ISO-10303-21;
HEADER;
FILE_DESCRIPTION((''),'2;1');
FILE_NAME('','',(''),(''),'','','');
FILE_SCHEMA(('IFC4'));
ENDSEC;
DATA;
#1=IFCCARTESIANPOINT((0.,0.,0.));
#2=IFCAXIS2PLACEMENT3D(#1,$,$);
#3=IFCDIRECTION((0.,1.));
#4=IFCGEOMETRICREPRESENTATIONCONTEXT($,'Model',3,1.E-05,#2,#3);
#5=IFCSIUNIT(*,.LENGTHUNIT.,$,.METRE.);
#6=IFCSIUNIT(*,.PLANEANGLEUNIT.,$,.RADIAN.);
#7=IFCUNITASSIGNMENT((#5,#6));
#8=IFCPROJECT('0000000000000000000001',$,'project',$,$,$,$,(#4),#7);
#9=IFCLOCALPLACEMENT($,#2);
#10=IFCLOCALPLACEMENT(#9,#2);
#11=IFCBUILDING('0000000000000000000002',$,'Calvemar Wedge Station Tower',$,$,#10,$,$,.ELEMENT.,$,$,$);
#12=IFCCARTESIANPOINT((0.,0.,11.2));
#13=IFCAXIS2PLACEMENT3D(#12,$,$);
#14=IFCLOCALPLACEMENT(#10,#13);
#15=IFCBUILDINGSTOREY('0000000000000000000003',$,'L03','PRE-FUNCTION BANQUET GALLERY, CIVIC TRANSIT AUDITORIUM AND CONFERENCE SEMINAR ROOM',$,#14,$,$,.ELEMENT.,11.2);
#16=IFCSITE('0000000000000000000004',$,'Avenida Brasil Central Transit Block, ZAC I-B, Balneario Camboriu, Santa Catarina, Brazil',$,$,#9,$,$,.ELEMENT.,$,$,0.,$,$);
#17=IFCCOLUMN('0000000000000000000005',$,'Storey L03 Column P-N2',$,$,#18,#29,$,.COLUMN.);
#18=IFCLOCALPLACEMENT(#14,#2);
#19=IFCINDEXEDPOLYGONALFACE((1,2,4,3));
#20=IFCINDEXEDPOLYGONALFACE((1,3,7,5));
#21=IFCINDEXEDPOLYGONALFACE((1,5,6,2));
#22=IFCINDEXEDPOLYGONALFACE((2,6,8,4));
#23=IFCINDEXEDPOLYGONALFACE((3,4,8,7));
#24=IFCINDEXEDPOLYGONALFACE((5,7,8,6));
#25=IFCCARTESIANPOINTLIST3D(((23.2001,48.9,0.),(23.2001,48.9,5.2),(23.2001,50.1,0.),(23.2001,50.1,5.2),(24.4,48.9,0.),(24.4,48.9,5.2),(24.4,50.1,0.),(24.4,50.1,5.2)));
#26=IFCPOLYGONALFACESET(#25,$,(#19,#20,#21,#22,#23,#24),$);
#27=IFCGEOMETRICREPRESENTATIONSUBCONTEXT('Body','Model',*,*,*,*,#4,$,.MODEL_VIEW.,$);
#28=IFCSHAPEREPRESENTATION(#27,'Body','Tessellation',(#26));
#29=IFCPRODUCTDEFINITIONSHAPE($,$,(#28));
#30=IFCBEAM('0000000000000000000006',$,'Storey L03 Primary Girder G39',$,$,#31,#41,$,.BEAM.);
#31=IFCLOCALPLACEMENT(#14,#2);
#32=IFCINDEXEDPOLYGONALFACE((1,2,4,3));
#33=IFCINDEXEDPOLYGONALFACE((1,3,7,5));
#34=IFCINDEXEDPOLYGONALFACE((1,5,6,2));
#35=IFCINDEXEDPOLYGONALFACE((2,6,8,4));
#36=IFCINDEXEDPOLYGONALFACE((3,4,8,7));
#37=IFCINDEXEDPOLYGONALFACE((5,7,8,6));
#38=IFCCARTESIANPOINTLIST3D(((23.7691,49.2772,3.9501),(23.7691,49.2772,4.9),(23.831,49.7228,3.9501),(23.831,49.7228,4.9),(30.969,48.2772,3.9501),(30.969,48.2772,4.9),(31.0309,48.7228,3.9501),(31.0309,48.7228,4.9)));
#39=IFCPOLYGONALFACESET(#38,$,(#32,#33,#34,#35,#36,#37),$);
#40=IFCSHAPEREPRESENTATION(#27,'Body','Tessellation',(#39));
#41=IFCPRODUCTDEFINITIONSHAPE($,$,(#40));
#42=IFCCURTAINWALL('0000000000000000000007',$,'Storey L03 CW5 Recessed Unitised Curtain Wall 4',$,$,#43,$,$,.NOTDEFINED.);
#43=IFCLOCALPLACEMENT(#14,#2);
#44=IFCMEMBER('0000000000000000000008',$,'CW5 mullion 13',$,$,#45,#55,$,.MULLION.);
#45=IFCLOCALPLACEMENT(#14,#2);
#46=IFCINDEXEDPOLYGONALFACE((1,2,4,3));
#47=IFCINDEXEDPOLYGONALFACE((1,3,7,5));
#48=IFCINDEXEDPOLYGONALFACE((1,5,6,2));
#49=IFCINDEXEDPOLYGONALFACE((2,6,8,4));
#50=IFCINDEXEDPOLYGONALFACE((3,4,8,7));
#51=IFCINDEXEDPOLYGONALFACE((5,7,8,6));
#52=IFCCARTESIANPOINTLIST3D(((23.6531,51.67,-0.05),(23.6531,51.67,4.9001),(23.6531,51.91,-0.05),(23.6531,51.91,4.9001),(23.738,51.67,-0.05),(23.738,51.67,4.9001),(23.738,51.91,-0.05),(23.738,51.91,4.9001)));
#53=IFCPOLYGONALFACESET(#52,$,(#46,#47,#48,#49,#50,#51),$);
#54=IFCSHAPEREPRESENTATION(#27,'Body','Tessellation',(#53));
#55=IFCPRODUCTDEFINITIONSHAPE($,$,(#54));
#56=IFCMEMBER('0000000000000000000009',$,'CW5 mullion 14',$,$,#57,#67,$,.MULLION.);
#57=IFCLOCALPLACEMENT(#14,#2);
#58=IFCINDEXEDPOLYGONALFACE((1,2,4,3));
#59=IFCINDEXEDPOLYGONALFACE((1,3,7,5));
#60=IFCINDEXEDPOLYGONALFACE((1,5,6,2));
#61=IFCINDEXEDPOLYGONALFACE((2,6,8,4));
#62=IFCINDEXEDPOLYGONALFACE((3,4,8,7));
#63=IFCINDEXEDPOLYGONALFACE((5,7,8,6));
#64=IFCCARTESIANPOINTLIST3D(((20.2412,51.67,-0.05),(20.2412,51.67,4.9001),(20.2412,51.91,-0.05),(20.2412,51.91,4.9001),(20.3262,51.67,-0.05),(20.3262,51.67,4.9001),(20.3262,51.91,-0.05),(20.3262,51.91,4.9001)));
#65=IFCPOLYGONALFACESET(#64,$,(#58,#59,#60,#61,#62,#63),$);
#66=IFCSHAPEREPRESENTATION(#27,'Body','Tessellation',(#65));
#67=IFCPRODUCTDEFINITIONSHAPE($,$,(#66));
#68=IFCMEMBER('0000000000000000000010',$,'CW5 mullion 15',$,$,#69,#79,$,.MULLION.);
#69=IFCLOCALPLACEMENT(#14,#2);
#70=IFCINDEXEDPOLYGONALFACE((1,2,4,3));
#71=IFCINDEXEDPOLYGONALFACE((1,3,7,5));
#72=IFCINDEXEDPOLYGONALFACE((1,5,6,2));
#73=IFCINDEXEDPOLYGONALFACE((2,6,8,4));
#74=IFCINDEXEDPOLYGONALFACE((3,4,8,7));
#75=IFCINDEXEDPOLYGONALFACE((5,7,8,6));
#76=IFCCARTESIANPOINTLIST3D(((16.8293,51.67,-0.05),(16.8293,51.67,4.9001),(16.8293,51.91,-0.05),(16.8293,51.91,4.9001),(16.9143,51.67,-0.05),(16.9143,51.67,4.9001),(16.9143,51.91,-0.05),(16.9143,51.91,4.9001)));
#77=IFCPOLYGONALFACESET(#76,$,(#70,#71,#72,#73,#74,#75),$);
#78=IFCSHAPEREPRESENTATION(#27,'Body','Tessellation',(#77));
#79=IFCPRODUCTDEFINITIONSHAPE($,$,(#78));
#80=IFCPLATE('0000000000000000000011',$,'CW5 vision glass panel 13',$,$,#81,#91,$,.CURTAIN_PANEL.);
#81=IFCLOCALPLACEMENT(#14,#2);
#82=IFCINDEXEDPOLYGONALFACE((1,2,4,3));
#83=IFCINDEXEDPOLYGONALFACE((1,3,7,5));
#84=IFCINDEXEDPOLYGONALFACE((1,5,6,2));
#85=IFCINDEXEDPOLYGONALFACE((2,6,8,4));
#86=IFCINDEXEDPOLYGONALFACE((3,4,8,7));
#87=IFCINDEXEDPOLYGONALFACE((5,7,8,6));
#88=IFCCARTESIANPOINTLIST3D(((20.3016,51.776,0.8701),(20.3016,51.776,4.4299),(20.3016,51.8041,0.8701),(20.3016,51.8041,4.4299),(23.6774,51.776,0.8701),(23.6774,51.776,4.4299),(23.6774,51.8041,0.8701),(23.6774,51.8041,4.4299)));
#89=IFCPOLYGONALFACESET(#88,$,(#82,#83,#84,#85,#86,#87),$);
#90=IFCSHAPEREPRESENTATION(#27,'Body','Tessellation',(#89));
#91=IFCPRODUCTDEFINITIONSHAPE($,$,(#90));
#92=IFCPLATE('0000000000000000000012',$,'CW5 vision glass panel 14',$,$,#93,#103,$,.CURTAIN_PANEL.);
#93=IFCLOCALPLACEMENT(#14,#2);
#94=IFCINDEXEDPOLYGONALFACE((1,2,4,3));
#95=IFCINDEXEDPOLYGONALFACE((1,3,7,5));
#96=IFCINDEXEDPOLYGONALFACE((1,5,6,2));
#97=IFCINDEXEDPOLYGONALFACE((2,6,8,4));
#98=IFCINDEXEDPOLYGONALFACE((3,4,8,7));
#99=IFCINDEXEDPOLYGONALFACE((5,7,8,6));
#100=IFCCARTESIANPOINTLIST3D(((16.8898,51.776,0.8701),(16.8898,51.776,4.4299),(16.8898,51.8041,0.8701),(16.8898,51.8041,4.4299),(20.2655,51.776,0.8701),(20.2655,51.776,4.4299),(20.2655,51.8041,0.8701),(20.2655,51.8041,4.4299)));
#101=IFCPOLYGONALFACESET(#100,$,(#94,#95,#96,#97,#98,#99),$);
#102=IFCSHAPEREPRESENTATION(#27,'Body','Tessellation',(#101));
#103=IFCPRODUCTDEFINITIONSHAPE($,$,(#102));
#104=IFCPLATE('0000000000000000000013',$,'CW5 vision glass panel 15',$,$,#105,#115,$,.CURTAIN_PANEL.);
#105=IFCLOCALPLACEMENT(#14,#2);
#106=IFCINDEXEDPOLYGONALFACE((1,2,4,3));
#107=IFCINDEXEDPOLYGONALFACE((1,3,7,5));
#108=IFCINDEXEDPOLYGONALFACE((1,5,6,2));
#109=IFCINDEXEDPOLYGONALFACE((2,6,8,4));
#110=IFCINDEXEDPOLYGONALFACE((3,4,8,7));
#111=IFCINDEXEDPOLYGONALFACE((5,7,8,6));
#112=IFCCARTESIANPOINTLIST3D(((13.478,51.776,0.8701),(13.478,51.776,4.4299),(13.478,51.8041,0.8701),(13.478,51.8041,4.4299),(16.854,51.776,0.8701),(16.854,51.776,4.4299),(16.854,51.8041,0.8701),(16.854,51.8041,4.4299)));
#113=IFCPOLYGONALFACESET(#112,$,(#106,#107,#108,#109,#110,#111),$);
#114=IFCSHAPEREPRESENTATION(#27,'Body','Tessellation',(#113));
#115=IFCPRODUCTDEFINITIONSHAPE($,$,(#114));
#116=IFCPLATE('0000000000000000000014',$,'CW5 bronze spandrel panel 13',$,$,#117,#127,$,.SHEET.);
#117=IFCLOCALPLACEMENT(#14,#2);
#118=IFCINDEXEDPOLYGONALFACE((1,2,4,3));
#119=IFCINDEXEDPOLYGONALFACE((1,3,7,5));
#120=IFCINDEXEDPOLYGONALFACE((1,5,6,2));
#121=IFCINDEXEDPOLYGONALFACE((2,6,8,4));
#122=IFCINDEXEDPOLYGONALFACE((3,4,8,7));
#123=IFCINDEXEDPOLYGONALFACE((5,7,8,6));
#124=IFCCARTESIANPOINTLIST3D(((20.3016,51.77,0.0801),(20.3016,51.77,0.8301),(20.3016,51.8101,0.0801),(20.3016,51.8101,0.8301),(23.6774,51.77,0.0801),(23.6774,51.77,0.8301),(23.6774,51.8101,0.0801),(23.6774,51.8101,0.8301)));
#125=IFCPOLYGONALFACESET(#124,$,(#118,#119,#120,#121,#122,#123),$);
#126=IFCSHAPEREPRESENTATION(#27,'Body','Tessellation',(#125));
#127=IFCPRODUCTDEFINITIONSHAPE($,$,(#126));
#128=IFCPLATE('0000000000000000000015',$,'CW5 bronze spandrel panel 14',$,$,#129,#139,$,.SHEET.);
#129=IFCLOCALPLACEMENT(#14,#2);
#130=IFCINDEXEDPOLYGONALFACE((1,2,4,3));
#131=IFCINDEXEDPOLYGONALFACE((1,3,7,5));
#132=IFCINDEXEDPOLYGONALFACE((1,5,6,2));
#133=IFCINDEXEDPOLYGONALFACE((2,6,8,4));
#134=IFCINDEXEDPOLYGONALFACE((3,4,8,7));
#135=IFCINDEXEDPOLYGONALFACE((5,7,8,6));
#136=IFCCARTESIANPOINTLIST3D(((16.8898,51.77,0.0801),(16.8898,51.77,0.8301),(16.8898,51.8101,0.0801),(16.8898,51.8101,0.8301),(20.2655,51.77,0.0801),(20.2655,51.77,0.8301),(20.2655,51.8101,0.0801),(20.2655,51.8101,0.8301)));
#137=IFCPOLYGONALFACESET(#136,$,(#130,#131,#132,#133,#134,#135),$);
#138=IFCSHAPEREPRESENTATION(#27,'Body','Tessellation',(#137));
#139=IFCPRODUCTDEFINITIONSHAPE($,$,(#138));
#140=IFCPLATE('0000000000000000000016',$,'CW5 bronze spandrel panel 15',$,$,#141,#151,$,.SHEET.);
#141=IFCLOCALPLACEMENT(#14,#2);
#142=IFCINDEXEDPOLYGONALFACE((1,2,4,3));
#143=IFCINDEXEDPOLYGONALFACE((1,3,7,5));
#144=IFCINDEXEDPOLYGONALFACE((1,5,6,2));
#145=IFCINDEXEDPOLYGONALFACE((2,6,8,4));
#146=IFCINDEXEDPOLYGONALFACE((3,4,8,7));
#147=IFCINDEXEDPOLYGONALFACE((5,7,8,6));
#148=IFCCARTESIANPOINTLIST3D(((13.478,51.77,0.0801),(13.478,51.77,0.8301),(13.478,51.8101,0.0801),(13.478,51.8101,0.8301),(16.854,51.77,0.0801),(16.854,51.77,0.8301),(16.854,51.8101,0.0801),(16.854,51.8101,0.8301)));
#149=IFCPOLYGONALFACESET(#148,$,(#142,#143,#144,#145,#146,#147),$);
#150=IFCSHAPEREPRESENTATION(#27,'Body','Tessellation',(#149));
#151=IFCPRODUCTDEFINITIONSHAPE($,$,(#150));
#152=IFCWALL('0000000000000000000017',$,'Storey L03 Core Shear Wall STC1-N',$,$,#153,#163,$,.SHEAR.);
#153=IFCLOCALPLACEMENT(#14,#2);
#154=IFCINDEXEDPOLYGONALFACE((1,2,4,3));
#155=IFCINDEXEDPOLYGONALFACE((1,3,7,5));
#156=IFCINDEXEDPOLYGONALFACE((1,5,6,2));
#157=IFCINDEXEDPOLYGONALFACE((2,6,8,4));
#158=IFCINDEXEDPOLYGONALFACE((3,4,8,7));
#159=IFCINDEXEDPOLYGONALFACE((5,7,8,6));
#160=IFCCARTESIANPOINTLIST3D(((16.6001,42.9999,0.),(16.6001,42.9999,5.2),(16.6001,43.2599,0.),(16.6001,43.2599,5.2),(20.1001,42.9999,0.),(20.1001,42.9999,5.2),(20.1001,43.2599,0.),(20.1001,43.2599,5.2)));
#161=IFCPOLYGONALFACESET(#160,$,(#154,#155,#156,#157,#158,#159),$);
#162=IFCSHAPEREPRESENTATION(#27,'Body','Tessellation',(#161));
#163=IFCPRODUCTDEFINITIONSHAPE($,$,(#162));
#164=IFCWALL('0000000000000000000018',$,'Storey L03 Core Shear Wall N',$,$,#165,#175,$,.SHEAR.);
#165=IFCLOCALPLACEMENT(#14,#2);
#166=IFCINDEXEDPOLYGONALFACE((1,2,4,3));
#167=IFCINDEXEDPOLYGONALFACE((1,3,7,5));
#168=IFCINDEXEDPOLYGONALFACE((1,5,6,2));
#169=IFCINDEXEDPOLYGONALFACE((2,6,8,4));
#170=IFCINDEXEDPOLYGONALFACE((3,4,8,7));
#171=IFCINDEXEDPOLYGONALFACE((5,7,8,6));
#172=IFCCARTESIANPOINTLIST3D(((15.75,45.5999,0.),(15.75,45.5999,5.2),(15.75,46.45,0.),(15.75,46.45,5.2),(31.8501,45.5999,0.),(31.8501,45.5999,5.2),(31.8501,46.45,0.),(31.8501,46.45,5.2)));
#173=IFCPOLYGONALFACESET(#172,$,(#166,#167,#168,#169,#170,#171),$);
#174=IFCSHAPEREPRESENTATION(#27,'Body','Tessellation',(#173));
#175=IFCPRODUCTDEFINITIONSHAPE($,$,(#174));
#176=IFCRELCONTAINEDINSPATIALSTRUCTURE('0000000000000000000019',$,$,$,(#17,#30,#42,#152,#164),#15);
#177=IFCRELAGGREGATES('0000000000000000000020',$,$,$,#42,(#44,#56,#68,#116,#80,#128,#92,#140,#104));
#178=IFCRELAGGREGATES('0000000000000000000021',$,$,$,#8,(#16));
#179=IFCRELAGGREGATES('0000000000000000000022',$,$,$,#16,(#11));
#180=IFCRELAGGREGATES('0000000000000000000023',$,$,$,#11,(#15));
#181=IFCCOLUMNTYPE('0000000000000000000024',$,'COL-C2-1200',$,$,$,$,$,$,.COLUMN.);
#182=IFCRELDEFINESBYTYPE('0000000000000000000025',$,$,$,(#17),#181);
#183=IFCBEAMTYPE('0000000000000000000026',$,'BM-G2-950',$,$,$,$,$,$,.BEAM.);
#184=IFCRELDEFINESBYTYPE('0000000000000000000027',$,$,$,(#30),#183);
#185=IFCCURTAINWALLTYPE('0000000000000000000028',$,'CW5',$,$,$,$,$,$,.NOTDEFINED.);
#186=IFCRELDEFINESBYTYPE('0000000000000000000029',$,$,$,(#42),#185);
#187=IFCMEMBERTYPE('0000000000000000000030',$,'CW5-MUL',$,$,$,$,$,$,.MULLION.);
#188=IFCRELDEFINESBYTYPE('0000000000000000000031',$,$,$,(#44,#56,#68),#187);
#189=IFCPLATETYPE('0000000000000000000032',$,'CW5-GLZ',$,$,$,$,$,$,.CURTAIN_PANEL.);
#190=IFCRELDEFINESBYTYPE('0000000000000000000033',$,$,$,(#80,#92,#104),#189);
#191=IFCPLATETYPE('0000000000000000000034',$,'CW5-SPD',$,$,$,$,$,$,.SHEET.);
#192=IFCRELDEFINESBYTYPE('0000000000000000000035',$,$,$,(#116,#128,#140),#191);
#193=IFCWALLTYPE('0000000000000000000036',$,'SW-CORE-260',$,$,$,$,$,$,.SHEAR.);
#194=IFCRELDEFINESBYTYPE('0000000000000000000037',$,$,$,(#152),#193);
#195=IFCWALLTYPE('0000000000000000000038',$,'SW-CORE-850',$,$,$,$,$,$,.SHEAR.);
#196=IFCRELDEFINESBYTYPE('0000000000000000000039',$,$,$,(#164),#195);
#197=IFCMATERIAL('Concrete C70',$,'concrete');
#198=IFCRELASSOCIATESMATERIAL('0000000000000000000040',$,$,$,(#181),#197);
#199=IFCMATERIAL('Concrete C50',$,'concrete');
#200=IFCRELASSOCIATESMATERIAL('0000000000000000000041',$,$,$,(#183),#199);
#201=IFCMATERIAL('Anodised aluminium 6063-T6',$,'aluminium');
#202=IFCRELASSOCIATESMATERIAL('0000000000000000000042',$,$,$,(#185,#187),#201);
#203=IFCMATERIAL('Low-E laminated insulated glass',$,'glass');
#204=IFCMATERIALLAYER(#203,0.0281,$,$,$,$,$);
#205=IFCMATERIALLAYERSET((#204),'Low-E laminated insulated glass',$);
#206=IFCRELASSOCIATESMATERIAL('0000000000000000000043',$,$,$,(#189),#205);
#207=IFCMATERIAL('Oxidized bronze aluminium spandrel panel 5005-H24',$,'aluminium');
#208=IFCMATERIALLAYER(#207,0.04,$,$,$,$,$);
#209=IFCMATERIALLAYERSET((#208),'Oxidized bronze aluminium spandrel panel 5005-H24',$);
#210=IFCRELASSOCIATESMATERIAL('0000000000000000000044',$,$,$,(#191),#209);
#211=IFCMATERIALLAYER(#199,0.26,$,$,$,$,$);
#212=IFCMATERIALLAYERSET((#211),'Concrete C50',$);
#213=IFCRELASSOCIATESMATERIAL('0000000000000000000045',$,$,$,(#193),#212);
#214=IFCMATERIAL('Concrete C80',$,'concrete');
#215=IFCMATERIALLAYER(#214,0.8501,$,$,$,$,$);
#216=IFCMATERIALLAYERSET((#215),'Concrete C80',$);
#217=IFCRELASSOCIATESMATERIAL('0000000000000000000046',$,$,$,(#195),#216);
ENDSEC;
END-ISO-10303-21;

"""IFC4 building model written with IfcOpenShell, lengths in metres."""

from ifc_helpers import new_model, si_unit, direction, frame, frame_2d, origin, origin_2d, place, context, subcontext, project, spatial, rectangle, extrude, source, transform, mapped, material, layer, layer_set, material_profile, profile_set, type_object, element, aggregate, save


model = new_model("IFC4")

# Units and contexts
model_context = context("Model", 3, precision=1e-05, world=origin(), true_north=direction((0.0, 1.0)))
body_context = subcontext(model_context, "Body", "Model", "MODEL_VIEW")
ifc_project = project(units=[si_unit("LENGTHUNIT", "METRE"), si_unit("PLANEANGLEUNIT", "RADIAN")], contexts=[model_context])

# Site, building, storey
site_placement = place(None, origin())
site = spatial("IfcSite", under=ifc_project, at=site_placement, Name="Avenida Brasil Central Transit Block, ZAC I-B, Balneario Camboriu, Santa Catarina, Brazil", CompositionType="ELEMENT", RefElevation=0.0)
building_placement = place(site_placement, origin())
building = spatial("IfcBuilding", under=site, at=building_placement, Name="Calvemar Wedge Station Tower", CompositionType="ELEMENT")
storey_placement = place(building_placement, frame((0.0, 0.0, 11.2)))
storey = spatial("IfcBuildingStorey", under=building, at=storey_placement, Name="L03", Description="PRE-FUNCTION BANQUET GALLERY, CIVIC TRANSIT AUDITORIUM AND CONFERENCE SEMINAR ROOM", CompositionType="ELEMENT", Elevation=11.2)

# Column
ifc_material_1 = material(Name="Concrete C70", Category="concrete")
ifc_material_profile_1 = material_profile(ifc_material_1, rectangle(XDim=1.2, YDim=1.2, at=origin_2d()), Name="RC1200x1200")
ifc_profile_set_1 = profile_set([ifc_material_profile_1], Name="Concrete C70")
column_type = type_object("IfcColumnType", Name="COL-C2-1200", PredefinedType="COLUMN", material=ifc_profile_set_1)
shared_shape_1 = source(origin(), body_context, "Body", "SweptSolid", [
    extrude(rectangle(XDim=1.2, YDim=1.2, at=origin_2d()), origin(), (0.0, 0.0, 1.0), 5.2),
])
column_placement = place(storey_placement, frame((23.8, 49.5, 0.0), z_axis=(0.0, 0.0, 1.0), x_axis=(1.0, 0.0, 0.0)))
element("IfcColumn", 1, at=column_placement, inside=storey, type_object=column_type, Name="Storey L03 Column P-N2", PredefinedType="COLUMN", context=body_context, shape_type="MappedRepresentation", body=[
    mapped(shared_shape_1, transform((0.0, 0.0, 0.0), scale=1.0)),
])

# Beam
ifc_material_2 = material(Name="Concrete C50", Category="concrete")
ifc_material_profile_2 = material_profile(ifc_material_2, rectangle(XDim=0.45, YDim=0.95, at=origin_2d()), Name="RC450x950")
ifc_profile_set_2 = profile_set([ifc_material_profile_2], Name="Concrete C50")
beam_type = type_object("IfcBeamType", Name="BM-G2-950", PredefinedType="BEAM", material=ifc_profile_set_2)
shared_shape_2 = source(origin(), body_context, "Body", "SweptSolid", [
    extrude(rectangle(XDim=0.45, YDim=0.95, at=origin_2d()), origin(), (0.0, 0.0, 1.0), 7.269),
])
beam_placement = place(storey_placement, frame((23.8, 49.5, 4.425), z_axis=(0.990492, -0.137569, 0.0), x_axis=(0.137569, 0.990492, 0.0)))
element("IfcBeam", 2, at=beam_placement, inside=storey, type_object=beam_type, Name="Storey L03 Primary Girder G39", PredefinedType="BEAM", context=body_context, shape_type="MappedRepresentation", body=[
    mapped(shared_shape_2, transform((0.0, 0.0, 0.0), scale=1.0)),
])

# Curtain wall, members, plates
ifc_material_3 = material(Name="Anodised aluminium 6063-T6", Category="aluminium")
curtain_wall_type = type_object("IfcCurtainWallType", Name="CW5", PredefinedType="NOTDEFINED", material=ifc_material_3)
curtain_wall_placement = place(storey_placement, origin())
curtain_wall = element("IfcCurtainWall", 3, at=curtain_wall_placement, inside=storey, type_object=curtain_wall_type, Name="Storey L03 CW5 Recessed Unitised Curtain Wall 4", PredefinedType="NOTDEFINED")
ifc_material_profile_3 = material_profile(ifc_material_3, rectangle(XDim=0.085, YDim=0.24, at=origin_2d()), Name="AL-MUL-85x240")
ifc_profile_set_3 = profile_set([ifc_material_profile_3], Name="Anodised aluminium 6063-T6")
member_type = type_object("IfcMemberType", Name="CW5-MUL", PredefinedType="MULLION", material=ifc_profile_set_3)
shared_shape_3 = source(origin(), body_context, "Body", "SweptSolid", [
    extrude(rectangle(XDim=0.085, YDim=0.24, at=origin_2d()), origin(), (0.0, 0.0, 1.0), 4.9502),
])
member_1_placement = place(storey_placement, frame((23.6956, 51.79, -0.05), z_axis=(0.0, 0.0, 1.0), x_axis=(1.0, 0.0, 0.0)))
member_1 = element("IfcMember", 4, at=member_1_placement, type_object=member_type, Name="CW5 mullion 13", PredefinedType="MULLION", context=body_context, shape_type="MappedRepresentation", body=[
    mapped(shared_shape_3, transform((0.0, 0.0, 0.0), scale=1.0)),
])
member_2_placement = place(storey_placement, frame((20.2837, 51.79, -0.05), z_axis=(0.0, 0.0, 1.0), x_axis=(1.0, 0.0, 0.0)))
member_2 = element("IfcMember", 5, at=member_2_placement, type_object=member_type, Name="CW5 mullion 14", PredefinedType="MULLION", context=body_context, shape_type="MappedRepresentation", body=[
    mapped(shared_shape_3, transform((0.0, 0.0, 0.0), scale=1.0)),
])
member_3_placement = place(storey_placement, frame((16.8718, 51.79, -0.05), z_axis=(0.0, 0.0, 1.0), x_axis=(1.0, 0.0, 0.0)))
member_3 = element("IfcMember", 6, at=member_3_placement, type_object=member_type, Name="CW5 mullion 15", PredefinedType="MULLION", context=body_context, shape_type="MappedRepresentation", body=[
    mapped(shared_shape_3, transform((0.0, 0.0, 0.0), scale=1.0)),
])
ifc_material_4 = material(Name="Low-E laminated insulated glass", Category="glass")
ifc_layer_1 = layer(ifc_material_4, 0.0281)
ifc_layer_set_1 = layer_set([ifc_layer_1], Name="Low-E laminated insulated glass")
plate_type_1 = type_object("IfcPlateType", Name="CW5-GLZ", PredefinedType="CURTAIN_PANEL", material=ifc_layer_set_1)
plate_1_placement = place(storey_placement, frame((23.6775, 51.79, 0.8701), z_axis=(0.0, 0.0, 1.0), x_axis=(-1.0, 0.0, 0.0)))
plate_1 = element("IfcPlate", 7, at=plate_1_placement, type_object=plate_type_1, Name="CW5 vision glass panel 13", PredefinedType="CURTAIN_PANEL", context=body_context, shape_type="SweptSolid", body=[
    extrude(rectangle(XDim=3.3757, YDim=0.0281, at=frame_2d((1.688, 0.0))), origin(), (0.0, 0.0, 1.0), 3.5598),
])
plate_2_placement = place(storey_placement, frame((20.2656, 51.79, 0.8701), z_axis=(0.0, 0.0, 1.0), x_axis=(-1.0, 0.0, 0.0)))
plate_2 = element("IfcPlate", 8, at=plate_2_placement, type_object=plate_type_1, Name="CW5 vision glass panel 14", PredefinedType="CURTAIN_PANEL", context=body_context, shape_type="SweptSolid", body=[
    extrude(rectangle(XDim=3.3757, YDim=0.0281, at=frame_2d((1.688, 0.0))), origin(), (0.0, 0.0, 1.0), 3.5598),
])
plate_3_placement = place(storey_placement, frame((16.854, 51.79, 0.8701), z_axis=(0.0, 0.0, 1.0), x_axis=(-1.0, 0.0, 0.0)))
plate_3 = element("IfcPlate", 9, at=plate_3_placement, type_object=plate_type_1, Name="CW5 vision glass panel 15", PredefinedType="CURTAIN_PANEL", context=body_context, shape_type="SweptSolid", body=[
    extrude(rectangle(XDim=3.376, YDim=0.0281, at=frame_2d((1.688, 0.0))), origin(), (0.0, 0.0, 1.0), 3.5598),
])
ifc_material_5 = material(Name="Oxidized bronze aluminium spandrel panel 5005-H24", Category="aluminium")
ifc_layer_2 = layer(ifc_material_5, 0.04)
ifc_layer_set_2 = layer_set([ifc_layer_2], Name="Oxidized bronze aluminium spandrel panel 5005-H24")
plate_type_2 = type_object("IfcPlateType", Name="CW5-SPD", PredefinedType="SHEET", material=ifc_layer_set_2)
plate_4_placement = place(storey_placement, frame((23.6775, 51.79, 0.0801), z_axis=(0.0, 0.0, 1.0), x_axis=(-1.0, 0.0, 0.0)))
plate_4 = element("IfcPlate", 10, at=plate_4_placement, type_object=plate_type_2, Name="CW5 bronze spandrel panel 13", PredefinedType="SHEET", context=body_context, shape_type="SweptSolid", body=[
    extrude(rectangle(XDim=3.3757, YDim=0.04, at=frame_2d((1.688, 0.0))), origin(), (0.0, 0.0, 1.0), 0.75),
])
plate_5_placement = place(storey_placement, frame((20.2656, 51.79, 0.0801), z_axis=(0.0, 0.0, 1.0), x_axis=(-1.0, 0.0, 0.0)))
plate_5 = element("IfcPlate", 11, at=plate_5_placement, type_object=plate_type_2, Name="CW5 bronze spandrel panel 14", PredefinedType="SHEET", context=body_context, shape_type="SweptSolid", body=[
    extrude(rectangle(XDim=3.3757, YDim=0.04, at=frame_2d((1.688, 0.0))), origin(), (0.0, 0.0, 1.0), 0.75),
])
plate_6_placement = place(storey_placement, frame((16.854, 51.79, 0.0801), z_axis=(0.0, 0.0, 1.0), x_axis=(-1.0, 0.0, 0.0)))
plate_6 = element("IfcPlate", 12, at=plate_6_placement, type_object=plate_type_2, Name="CW5 bronze spandrel panel 15", PredefinedType="SHEET", context=body_context, shape_type="SweptSolid", body=[
    extrude(rectangle(XDim=3.376, YDim=0.04, at=frame_2d((1.688, 0.0))), origin(), (0.0, 0.0, 1.0), 0.75),
])
aggregate(curtain_wall, [member_1, member_2, member_3, plate_4, plate_1, plate_5, plate_2, plate_6, plate_3])

# Walls
ifc_layer_3 = layer(ifc_material_2, 0.26)
ifc_layer_set_3 = layer_set([ifc_layer_3], Name="Concrete C50")
wall_type_1 = type_object("IfcWallType", Name="SW-CORE-260", PredefinedType="SHEAR", material=ifc_layer_set_3)
wall_1_placement = place(storey_placement, frame((16.6001, 43.1299, 0.0), z_axis=(0.0, 0.0, 1.0), x_axis=(1.0, 0.0, 0.0)))
element("IfcWall", 13, at=wall_1_placement, inside=storey, type_object=wall_type_1, Name="Storey L03 Core Shear Wall STC1-N", PredefinedType="SHEAR", context=body_context, shape_type="SweptSolid", body=[
    extrude(rectangle(XDim=3.5, YDim=0.26, at=frame_2d((1.75, 0.0))), origin(), (0.0, 0.0, 1.0), 5.2),
])
ifc_material_6 = material(Name="Concrete C80", Category="concrete")
ifc_layer_4 = layer(ifc_material_6, 0.8501)
ifc_layer_set_4 = layer_set([ifc_layer_4], Name="Concrete C80")
wall_type_2 = type_object("IfcWallType", Name="SW-CORE-850", PredefinedType="SHEAR", material=ifc_layer_set_4)
wall_2_placement = place(storey_placement, frame((15.75, 46.0249, 0.0), z_axis=(0.0, 0.0, 1.0), x_axis=(1.0, 0.0, 0.0)))
element("IfcWall", 14, at=wall_2_placement, inside=storey, type_object=wall_type_2, Name="Storey L03 Core Shear Wall N", PredefinedType="SHEAR", context=body_context, shape_type="SweptSolid", body=[
    extrude(rectangle(XDim=16.1001, YDim=0.8501, at=frame_2d((8.05, 0.0))), origin(), (0.0, 0.0, 1.0), 5.2),
])

save(model, "model.ifc")
